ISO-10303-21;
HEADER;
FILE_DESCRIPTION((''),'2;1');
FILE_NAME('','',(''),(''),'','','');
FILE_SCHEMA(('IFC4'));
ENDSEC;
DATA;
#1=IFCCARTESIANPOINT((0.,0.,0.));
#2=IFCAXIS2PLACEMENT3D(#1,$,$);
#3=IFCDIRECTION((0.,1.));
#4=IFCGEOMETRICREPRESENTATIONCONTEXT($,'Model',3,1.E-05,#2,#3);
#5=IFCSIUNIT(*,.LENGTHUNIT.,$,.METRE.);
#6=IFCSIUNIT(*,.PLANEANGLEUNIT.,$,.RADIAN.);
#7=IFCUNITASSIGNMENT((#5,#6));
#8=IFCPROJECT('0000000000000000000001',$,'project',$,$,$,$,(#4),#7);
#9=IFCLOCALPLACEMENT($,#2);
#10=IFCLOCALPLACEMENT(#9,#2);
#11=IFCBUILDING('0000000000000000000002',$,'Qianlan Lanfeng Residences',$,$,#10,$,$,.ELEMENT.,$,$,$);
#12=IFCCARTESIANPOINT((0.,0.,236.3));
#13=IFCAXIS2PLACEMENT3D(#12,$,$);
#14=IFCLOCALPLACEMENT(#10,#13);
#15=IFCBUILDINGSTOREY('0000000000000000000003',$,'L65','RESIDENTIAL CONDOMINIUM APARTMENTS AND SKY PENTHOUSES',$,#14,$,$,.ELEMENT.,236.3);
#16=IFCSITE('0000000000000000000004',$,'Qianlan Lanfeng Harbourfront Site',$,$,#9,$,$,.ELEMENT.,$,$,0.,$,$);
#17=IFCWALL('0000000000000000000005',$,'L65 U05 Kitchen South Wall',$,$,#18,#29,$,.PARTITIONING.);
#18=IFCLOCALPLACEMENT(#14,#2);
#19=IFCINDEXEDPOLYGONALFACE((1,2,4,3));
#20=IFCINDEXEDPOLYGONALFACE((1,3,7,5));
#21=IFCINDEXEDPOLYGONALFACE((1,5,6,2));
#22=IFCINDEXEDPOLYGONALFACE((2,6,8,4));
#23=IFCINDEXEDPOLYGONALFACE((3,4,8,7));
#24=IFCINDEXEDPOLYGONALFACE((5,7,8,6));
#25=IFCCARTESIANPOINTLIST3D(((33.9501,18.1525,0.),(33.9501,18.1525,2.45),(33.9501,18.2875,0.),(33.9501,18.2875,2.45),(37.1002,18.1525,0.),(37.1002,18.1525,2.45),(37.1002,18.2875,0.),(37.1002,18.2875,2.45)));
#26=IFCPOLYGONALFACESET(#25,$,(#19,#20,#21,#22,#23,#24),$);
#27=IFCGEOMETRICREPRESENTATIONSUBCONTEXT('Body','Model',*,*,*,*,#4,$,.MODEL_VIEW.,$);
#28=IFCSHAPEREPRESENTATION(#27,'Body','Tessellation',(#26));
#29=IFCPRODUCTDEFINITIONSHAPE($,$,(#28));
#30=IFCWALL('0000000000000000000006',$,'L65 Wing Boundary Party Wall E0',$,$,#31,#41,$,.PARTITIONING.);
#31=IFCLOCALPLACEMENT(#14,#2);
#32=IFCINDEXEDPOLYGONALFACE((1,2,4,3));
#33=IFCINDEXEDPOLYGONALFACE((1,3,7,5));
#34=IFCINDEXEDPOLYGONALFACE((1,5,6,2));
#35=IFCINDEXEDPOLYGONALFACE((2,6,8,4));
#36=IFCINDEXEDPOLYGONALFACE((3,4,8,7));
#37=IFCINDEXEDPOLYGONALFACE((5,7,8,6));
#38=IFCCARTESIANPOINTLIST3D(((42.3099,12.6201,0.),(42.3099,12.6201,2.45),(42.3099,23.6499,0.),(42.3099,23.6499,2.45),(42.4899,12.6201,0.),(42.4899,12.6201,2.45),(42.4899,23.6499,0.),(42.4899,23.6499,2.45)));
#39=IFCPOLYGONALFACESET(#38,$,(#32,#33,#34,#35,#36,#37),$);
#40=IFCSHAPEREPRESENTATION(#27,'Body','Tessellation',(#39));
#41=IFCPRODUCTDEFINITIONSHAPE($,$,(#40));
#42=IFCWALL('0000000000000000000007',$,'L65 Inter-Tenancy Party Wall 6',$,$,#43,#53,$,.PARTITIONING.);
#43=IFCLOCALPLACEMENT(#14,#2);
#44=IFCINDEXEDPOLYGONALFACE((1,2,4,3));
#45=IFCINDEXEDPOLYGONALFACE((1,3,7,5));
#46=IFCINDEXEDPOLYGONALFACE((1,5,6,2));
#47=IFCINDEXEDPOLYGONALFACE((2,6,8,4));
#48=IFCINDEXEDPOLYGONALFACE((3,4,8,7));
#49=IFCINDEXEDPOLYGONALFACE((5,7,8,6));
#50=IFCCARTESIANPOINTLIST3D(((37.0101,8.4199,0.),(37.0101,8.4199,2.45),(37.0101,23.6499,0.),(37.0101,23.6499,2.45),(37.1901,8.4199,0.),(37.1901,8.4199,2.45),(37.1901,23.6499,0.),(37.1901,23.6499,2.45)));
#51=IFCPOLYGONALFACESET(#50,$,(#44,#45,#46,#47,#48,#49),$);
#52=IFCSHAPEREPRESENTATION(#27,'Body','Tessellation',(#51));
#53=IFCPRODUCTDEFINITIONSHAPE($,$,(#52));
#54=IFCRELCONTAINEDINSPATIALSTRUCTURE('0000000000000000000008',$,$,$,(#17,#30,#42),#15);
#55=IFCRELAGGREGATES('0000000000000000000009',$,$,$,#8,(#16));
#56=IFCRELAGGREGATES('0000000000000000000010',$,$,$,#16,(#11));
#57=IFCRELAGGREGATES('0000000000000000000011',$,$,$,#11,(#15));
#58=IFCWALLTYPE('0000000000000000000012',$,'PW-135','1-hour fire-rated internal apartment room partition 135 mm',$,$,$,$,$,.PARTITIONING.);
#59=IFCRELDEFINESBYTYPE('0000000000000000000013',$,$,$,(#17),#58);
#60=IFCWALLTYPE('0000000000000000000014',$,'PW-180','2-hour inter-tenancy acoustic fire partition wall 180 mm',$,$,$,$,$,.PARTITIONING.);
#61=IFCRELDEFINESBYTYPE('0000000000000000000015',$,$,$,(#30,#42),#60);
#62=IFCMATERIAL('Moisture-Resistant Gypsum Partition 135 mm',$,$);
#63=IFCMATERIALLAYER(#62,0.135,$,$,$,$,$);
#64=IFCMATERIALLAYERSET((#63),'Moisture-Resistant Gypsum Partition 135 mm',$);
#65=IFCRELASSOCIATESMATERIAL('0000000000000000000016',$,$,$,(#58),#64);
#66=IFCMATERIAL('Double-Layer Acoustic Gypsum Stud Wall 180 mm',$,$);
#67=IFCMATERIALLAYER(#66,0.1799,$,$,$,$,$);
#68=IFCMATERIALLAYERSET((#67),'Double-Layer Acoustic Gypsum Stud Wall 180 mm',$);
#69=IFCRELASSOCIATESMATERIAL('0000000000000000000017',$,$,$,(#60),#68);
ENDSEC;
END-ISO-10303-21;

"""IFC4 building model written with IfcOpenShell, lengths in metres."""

from ifc_helpers import new_model, si_unit, direction, frame, frame_2d, origin, place, context, subcontext, project, spatial, rectangle, extrude, material, layer, layer_set, type_object, element, save


model = new_model("IFC4")

# Units and contexts
model_context = context("Model", 3, precision=1e-05, world=origin(), true_north=direction((0.0, 1.0)))
body_context = subcontext(model_context, "Body", "Model", "MODEL_VIEW")
ifc_project = project(units=[si_unit("LENGTHUNIT", "METRE"), si_unit("PLANEANGLEUNIT", "RADIAN")], contexts=[model_context])

# Site, building, storey
site_placement = place(None, origin())
site = spatial("IfcSite", under=ifc_project, at=site_placement, Name="Qianlan Lanfeng Harbourfront Site", CompositionType="ELEMENT", RefElevation=0.0)
building_placement = place(site_placement, origin())
building = spatial("IfcBuilding", under=site, at=building_placement, Name="Qianlan Lanfeng Residences", CompositionType="ELEMENT")
storey_placement = place(building_placement, frame((0.0, 0.0, 236.3)))
storey = spatial("IfcBuildingStorey", under=building, at=storey_placement, Name="L65", Description="RESIDENTIAL CONDOMINIUM APARTMENTS AND SKY PENTHOUSES", CompositionType="ELEMENT", Elevation=236.3)

# Shared definitions
ifc_material_1 = material(Name="Moisture-Resistant Gypsum Partition 135 mm")
ifc_layer_1 = layer(ifc_material_1, 0.135)
ifc_layer_set_1 = layer_set([ifc_layer_1], Name="Moisture-Resistant Gypsum Partition 135 mm")
wall_type_1 = type_object("IfcWallType", Name="PW-135", Description="1-hour fire-rated internal apartment room partition 135 mm", PredefinedType="PARTITIONING", material=ifc_layer_set_1)

# Wall
wall_1_placement = place(storey_placement, frame((33.95, 18.22, 0.0), z_axis=(0.0, 0.0, 1.0), x_axis=(1.0, 0.0, 0.0)))
element("IfcWall", 1, at=wall_1_placement, inside=storey, type_object=wall_type_1, Name="L65 U05 Kitchen South Wall", PredefinedType="PARTITIONING", context=body_context, shape_type="SweptSolid", body=[
    extrude(rectangle(XDim=3.1501, YDim=0.135, at=frame_2d((1.5752, 0.0))), origin(), (0.0, 0.0, 1.0), 2.45),
])

# Walls
ifc_material_2 = material(Name="Double-Layer Acoustic Gypsum Stud Wall 180 mm")
ifc_layer_2 = layer(ifc_material_2, 0.1799)
ifc_layer_set_2 = layer_set([ifc_layer_2], Name="Double-Layer Acoustic Gypsum Stud Wall 180 mm")
wall_type_2 = type_object("IfcWallType", Name="PW-180", Description="2-hour inter-tenancy acoustic fire partition wall 180 mm", PredefinedType="PARTITIONING", material=ifc_layer_set_2)
wall_2_placement = place(storey_placement, frame((42.3999, 12.6201, 0.0), z_axis=(0.0, 0.0, 1.0), x_axis=(0.0, 1.0, 0.0)))
element("IfcWall", 2, at=wall_2_placement, inside=storey, type_object=wall_type_2, Name="L65 Wing Boundary Party Wall E0", PredefinedType="PARTITIONING", context=body_context, shape_type="SweptSolid", body=[
    extrude(rectangle(XDim=11.0298, YDim=0.1799, at=frame_2d((5.5149, 0.0))), origin(), (0.0, 0.0, 1.0), 2.45),
])
wall_3_placement = place(storey_placement, frame((37.1001, 8.4199, 0.0), z_axis=(0.0, 0.0, 1.0), x_axis=(0.0, 1.0, 0.0)))
element("IfcWall", 3, at=wall_3_placement, inside=storey, type_object=wall_type_2, Name="L65 Inter-Tenancy Party Wall 6", PredefinedType="PARTITIONING", context=body_context, shape_type="SweptSolid", body=[
    extrude(rectangle(XDim=15.23, YDim=0.1799, at=frame_2d((7.615, 0.0))), origin(), (0.0, 0.0, 1.0), 2.45),
])

save(model, "model.ifc")
